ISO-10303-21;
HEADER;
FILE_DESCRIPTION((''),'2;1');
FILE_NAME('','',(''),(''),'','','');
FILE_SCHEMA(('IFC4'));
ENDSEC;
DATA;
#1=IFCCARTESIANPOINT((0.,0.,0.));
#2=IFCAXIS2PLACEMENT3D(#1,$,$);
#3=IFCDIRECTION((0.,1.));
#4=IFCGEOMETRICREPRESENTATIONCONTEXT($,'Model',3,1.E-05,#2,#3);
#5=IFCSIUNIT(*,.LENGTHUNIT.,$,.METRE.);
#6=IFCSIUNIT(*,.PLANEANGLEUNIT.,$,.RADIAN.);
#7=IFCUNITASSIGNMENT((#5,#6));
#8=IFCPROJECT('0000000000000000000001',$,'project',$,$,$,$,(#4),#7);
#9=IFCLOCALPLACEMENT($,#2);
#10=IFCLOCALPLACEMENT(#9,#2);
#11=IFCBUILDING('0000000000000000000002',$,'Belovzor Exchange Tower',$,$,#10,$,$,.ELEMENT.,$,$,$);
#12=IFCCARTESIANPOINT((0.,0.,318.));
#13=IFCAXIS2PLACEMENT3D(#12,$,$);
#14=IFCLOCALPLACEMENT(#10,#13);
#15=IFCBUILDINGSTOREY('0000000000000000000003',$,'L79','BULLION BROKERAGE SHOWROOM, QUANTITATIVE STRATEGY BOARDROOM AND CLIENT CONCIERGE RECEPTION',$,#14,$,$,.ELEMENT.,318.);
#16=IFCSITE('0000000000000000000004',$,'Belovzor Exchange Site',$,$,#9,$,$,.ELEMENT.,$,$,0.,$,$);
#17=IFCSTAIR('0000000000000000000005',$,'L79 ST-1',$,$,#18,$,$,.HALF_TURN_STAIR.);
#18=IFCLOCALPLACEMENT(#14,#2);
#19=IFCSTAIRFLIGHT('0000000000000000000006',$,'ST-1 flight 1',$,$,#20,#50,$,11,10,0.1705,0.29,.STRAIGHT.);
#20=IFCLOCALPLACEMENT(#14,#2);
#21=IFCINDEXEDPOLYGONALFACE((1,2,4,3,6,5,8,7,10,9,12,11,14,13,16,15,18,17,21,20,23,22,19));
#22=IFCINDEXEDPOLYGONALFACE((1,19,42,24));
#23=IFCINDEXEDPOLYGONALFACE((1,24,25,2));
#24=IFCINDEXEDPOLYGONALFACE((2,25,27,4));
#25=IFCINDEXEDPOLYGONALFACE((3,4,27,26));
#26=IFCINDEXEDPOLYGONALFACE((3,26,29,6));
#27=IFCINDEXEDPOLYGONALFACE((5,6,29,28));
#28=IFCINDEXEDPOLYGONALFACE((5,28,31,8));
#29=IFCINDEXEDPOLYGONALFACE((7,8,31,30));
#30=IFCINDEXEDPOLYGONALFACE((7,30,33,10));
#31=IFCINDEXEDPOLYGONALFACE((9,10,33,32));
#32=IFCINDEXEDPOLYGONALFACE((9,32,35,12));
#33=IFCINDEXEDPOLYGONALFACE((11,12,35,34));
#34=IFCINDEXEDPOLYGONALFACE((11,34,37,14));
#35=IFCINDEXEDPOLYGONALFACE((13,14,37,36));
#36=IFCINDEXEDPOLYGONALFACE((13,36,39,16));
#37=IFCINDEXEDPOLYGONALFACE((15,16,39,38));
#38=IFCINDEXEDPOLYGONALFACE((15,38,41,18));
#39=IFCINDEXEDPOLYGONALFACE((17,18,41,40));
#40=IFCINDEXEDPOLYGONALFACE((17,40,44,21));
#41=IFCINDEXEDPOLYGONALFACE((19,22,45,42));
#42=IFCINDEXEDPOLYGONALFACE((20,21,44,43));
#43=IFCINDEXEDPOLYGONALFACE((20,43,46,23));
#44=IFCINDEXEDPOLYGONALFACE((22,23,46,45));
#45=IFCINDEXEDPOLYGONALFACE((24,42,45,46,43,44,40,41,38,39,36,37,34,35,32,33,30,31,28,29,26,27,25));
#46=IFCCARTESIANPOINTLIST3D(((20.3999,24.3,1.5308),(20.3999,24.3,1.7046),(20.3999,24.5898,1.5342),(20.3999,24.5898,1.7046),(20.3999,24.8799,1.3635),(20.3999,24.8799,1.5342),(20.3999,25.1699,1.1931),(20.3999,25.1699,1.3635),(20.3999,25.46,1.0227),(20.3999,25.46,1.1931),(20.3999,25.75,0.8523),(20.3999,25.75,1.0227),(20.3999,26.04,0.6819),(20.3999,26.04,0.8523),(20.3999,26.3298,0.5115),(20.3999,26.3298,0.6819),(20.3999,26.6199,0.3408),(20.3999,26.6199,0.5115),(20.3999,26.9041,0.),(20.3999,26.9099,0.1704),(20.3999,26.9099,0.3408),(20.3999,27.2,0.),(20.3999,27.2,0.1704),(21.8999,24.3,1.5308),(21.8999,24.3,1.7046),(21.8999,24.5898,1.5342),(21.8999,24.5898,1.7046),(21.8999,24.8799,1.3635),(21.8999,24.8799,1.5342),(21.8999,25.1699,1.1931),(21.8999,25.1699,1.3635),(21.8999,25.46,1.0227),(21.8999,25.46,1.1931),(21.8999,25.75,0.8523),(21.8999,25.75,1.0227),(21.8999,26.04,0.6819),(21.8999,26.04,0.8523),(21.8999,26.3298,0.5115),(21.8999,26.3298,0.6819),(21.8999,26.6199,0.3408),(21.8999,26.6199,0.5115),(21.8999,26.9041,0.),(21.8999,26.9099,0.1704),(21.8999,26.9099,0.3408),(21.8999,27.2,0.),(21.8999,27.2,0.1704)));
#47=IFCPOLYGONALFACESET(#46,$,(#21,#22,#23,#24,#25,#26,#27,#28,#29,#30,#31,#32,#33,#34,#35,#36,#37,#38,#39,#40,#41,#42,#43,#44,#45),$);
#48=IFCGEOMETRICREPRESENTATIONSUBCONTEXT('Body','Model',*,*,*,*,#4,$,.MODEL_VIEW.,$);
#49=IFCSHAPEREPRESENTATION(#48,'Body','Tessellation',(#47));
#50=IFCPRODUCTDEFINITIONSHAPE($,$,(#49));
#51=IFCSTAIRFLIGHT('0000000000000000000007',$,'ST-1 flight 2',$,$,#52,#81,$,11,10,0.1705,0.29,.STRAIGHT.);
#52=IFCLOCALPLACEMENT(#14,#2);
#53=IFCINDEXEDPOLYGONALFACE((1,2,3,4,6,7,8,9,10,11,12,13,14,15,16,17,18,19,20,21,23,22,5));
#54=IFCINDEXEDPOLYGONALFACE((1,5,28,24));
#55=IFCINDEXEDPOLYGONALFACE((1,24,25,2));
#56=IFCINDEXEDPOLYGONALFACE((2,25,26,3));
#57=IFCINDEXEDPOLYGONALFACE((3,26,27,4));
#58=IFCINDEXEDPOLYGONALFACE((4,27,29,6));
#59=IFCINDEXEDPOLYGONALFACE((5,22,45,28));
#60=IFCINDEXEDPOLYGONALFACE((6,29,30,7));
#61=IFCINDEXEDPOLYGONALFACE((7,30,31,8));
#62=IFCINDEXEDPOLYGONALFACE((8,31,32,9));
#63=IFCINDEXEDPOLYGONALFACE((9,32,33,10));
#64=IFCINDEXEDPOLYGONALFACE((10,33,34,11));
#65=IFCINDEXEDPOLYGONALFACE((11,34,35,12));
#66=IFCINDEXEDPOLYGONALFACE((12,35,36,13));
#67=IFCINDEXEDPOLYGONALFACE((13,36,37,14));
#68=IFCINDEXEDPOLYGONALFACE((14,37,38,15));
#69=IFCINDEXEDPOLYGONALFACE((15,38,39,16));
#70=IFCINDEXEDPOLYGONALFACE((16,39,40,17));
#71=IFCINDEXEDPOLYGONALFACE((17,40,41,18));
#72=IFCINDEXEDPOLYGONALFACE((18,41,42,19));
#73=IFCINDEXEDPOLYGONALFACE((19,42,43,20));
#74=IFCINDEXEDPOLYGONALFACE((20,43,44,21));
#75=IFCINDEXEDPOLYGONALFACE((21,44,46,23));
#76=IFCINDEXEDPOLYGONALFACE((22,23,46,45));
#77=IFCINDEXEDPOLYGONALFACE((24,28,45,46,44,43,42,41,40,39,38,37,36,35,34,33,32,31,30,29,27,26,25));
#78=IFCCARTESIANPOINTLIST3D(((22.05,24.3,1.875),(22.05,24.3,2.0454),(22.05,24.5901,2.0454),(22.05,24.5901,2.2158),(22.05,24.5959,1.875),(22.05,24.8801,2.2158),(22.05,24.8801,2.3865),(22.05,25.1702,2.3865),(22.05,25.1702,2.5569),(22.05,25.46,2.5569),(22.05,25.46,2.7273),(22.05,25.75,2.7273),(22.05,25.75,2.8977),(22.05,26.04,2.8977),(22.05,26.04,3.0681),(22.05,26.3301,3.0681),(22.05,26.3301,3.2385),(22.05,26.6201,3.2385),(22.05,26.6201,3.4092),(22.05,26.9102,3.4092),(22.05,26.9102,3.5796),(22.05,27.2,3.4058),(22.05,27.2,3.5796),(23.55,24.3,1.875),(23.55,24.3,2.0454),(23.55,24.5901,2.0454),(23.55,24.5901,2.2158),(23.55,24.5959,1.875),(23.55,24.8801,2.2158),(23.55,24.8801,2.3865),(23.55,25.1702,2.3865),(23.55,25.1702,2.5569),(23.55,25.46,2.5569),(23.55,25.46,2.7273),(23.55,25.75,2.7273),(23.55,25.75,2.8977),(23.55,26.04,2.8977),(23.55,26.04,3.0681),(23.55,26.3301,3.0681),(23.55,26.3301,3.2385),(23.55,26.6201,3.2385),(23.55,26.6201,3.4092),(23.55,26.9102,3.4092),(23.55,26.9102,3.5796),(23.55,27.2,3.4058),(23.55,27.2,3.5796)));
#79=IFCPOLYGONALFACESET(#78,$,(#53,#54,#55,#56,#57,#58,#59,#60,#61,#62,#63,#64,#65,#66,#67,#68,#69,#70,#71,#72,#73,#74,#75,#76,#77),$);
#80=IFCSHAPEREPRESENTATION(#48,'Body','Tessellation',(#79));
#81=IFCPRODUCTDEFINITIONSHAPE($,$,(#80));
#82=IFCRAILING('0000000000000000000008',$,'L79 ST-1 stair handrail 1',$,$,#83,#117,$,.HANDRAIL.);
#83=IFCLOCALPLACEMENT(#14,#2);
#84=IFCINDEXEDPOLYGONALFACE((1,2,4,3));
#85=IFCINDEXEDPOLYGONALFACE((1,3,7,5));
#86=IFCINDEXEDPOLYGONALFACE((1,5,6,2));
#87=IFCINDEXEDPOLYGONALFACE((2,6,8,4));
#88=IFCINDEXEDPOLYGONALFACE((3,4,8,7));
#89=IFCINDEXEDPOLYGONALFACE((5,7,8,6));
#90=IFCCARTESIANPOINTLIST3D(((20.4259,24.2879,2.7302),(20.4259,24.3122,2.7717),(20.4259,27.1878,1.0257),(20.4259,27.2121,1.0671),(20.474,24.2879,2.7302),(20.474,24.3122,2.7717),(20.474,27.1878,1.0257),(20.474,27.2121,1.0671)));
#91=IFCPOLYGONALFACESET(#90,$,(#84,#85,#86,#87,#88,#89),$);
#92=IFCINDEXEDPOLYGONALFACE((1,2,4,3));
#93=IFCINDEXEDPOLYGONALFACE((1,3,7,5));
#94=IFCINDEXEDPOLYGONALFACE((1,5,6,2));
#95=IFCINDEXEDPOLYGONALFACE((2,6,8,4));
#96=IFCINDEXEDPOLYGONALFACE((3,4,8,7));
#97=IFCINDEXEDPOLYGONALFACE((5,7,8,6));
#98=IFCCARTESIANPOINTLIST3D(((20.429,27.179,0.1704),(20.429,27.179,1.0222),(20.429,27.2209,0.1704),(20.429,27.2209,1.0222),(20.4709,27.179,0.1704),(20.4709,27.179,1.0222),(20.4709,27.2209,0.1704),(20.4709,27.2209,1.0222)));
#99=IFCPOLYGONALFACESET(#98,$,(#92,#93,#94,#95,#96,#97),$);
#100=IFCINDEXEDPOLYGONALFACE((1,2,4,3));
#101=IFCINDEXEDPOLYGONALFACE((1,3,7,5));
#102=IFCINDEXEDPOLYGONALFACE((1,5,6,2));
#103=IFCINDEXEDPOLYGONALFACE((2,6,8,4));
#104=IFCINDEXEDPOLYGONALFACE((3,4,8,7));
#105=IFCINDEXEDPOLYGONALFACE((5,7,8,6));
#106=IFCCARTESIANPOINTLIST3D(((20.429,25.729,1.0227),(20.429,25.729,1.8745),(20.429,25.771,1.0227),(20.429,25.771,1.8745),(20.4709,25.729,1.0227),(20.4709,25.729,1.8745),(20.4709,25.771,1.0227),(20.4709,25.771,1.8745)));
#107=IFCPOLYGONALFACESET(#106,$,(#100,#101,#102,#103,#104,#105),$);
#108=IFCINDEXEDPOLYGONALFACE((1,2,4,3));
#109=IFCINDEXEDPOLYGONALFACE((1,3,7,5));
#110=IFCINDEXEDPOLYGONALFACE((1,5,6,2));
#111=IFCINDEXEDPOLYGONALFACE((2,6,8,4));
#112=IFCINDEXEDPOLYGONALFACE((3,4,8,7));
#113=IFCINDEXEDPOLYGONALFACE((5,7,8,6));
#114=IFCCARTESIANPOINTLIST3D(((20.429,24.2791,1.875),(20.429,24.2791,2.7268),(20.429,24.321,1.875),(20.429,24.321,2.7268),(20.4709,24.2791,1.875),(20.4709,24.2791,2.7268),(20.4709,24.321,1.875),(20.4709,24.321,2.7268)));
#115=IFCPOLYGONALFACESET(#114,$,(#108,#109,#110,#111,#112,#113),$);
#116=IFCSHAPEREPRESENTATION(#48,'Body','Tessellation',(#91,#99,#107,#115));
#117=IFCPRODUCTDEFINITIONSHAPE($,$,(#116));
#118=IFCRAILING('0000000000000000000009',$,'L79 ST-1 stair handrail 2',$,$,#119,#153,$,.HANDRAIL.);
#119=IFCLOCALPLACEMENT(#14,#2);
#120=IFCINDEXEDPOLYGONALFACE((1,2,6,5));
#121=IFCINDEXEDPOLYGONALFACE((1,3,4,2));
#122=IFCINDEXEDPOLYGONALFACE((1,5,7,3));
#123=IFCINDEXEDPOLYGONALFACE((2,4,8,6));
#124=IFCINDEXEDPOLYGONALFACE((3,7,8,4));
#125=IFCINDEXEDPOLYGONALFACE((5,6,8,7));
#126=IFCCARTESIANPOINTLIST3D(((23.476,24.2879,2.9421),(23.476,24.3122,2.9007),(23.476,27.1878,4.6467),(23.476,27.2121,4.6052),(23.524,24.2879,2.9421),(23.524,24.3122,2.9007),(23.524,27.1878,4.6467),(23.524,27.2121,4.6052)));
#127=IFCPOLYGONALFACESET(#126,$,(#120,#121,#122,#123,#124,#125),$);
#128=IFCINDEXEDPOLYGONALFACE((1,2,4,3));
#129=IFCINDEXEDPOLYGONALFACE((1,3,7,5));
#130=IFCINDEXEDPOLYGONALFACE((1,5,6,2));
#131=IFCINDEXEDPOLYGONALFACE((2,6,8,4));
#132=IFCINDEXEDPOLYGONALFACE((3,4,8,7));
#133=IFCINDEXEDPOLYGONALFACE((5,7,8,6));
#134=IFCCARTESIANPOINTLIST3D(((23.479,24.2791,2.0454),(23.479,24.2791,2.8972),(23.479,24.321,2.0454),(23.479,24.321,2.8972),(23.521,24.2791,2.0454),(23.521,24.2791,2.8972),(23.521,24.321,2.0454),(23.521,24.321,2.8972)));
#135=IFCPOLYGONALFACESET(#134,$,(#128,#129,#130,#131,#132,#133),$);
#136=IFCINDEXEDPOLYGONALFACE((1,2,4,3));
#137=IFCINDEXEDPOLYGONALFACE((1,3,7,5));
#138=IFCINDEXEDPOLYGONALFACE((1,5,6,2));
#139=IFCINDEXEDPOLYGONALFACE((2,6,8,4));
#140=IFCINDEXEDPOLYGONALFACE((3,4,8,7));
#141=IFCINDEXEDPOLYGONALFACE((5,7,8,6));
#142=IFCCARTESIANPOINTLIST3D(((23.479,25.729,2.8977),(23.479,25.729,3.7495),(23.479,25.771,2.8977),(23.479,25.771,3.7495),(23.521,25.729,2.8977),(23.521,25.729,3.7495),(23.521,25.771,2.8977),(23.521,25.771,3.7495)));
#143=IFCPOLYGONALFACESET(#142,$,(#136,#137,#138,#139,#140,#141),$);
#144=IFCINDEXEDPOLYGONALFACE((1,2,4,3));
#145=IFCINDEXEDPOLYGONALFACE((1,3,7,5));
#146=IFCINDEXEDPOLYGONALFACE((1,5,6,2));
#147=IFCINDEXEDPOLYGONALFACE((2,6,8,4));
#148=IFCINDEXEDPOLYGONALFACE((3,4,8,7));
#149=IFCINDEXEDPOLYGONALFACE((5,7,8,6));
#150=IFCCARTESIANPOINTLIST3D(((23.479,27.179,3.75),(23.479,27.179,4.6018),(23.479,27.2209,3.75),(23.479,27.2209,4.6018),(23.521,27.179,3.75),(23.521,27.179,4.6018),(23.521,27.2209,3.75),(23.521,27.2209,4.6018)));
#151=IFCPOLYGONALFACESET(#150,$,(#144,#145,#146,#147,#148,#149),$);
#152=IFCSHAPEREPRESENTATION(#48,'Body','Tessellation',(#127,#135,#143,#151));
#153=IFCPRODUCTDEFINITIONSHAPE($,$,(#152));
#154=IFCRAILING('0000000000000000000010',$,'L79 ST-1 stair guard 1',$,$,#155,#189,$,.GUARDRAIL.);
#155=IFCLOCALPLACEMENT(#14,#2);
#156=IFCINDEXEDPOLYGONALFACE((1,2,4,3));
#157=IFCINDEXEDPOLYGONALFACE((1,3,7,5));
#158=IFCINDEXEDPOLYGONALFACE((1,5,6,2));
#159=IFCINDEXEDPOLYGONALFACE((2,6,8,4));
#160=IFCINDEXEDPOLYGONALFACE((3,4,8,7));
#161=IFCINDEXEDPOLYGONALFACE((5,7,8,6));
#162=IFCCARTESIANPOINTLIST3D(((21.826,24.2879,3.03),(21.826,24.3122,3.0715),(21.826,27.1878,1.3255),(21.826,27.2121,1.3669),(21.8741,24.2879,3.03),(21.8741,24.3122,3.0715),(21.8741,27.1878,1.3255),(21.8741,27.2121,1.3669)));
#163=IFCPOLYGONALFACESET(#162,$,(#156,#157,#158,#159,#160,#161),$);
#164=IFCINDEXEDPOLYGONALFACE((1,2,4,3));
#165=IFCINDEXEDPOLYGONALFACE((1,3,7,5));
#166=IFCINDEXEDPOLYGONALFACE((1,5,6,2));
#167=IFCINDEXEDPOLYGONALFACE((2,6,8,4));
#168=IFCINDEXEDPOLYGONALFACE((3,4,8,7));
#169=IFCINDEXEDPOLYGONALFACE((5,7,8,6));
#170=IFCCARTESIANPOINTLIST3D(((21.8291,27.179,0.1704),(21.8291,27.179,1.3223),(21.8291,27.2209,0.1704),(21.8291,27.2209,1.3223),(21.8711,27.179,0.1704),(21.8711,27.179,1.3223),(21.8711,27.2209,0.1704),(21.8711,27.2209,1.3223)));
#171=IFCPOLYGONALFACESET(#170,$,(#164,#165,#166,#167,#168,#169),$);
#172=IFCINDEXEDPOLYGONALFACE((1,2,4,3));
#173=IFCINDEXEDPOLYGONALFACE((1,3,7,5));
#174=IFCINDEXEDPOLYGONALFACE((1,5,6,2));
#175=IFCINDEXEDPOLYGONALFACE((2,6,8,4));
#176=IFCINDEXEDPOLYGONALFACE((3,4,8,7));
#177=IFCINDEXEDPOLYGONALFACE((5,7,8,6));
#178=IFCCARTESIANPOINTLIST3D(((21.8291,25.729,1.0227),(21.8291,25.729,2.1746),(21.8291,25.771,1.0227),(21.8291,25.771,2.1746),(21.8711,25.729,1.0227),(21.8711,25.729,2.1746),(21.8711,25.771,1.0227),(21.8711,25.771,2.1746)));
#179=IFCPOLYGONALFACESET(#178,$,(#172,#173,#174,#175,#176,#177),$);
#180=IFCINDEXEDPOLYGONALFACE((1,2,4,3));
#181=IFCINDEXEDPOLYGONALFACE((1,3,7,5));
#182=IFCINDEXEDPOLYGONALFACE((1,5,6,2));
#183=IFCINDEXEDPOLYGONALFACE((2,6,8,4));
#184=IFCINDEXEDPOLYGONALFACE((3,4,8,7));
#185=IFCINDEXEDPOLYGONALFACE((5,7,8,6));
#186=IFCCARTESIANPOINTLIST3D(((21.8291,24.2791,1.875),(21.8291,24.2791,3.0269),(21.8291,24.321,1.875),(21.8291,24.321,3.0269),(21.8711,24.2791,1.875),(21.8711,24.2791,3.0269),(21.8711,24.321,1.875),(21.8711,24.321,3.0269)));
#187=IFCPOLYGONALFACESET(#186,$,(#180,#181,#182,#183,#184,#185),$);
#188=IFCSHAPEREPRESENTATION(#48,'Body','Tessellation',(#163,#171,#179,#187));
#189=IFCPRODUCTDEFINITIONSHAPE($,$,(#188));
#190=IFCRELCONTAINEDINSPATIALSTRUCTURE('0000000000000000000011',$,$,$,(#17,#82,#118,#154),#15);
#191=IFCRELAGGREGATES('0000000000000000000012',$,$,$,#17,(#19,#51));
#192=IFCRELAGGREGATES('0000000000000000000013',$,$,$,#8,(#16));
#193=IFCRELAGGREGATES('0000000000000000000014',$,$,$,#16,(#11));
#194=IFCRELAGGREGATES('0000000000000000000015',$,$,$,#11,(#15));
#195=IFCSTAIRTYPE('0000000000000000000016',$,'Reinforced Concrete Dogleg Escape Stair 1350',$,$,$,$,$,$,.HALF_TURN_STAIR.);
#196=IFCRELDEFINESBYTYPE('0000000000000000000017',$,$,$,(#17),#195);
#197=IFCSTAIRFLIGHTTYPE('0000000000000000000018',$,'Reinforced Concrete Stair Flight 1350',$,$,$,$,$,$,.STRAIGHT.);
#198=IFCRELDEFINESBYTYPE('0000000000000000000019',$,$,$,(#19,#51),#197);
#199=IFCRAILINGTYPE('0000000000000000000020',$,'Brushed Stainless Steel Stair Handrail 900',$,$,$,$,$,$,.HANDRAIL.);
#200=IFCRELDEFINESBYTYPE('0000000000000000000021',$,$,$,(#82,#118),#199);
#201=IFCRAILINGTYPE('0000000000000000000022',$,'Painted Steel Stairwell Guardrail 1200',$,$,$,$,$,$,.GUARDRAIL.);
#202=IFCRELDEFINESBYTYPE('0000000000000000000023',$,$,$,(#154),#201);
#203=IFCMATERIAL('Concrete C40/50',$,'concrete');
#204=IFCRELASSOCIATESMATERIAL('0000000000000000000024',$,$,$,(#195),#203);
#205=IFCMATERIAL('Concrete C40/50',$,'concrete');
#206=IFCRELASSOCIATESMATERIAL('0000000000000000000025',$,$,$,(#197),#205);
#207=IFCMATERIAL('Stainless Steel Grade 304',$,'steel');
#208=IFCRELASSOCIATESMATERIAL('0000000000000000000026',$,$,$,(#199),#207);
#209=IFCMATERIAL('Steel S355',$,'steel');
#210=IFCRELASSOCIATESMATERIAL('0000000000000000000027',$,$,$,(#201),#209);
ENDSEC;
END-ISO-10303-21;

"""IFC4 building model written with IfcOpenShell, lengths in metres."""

from ifc_helpers import new_model, si_unit, direction, frame, origin, origin_2d, place, context, subcontext, project, spatial, polyline, rectangle, outline, extrude, material, type_object, element, aggregate, save


model = new_model("IFC4")

# Units and contexts
model_context = context("Model", 3, precision=1e-05, world=origin(), true_north=direction((0.0, 1.0)))
body_context = subcontext(model_context, "Body", "Model", "MODEL_VIEW")
ifc_project = project(units=[si_unit("LENGTHUNIT", "METRE"), si_unit("PLANEANGLEUNIT", "RADIAN")], contexts=[model_context])

# Site, building, storey
site_placement = place(None, origin())
site = spatial("IfcSite", under=ifc_project, at=site_placement, Name="Belovzor Exchange Site", CompositionType="ELEMENT", RefElevation=0.0)
building_placement = place(site_placement, origin())
building = spatial("IfcBuilding", under=site, at=building_placement, Name="Belovzor Exchange Tower", CompositionType="ELEMENT")
storey_placement = place(building_placement, frame((0.0, 0.0, 318.0)))
storey = spatial("IfcBuildingStorey", under=building, at=storey_placement, Name="L79", Description="BULLION BROKERAGE SHOWROOM, QUANTITATIVE STRATEGY BOARDROOM AND CLIENT CONCIERGE RECEPTION", CompositionType="ELEMENT", Elevation=318.0)

# Stair, stair flights
ifc_material_1 = material(Name="Concrete C40/50", Category="concrete")
stair_type = type_object("IfcStairType", Name="Reinforced Concrete Dogleg Escape Stair 1350", PredefinedType="HALF_TURN_STAIR", material=ifc_material_1)
stair_placement = place(storey_placement, origin())
stair = element("IfcStair", 1, at=stair_placement, inside=storey, type_object=stair_type, Name="L79 ST-1", PredefinedType="HALF_TURN_STAIR")
ifc_material_2 = material(Name="Concrete C40/50", Category="concrete")
stair_flight_type = type_object("IfcStairFlightType", Name="Reinforced Concrete Stair Flight 1350", PredefinedType="STRAIGHT", material=ifc_material_2)
stair_flight_1_placement = place(storey_placement, frame((21.1499, 27.2, 0.0), z_axis=(0.0, 0.0, 1.0), x_axis=(0.0, -1.0, 0.0)))
stair_flight_1 = element("IfcStairFlight", 2, at=stair_flight_1_placement, type_object=stair_flight_type, Name="ST-1 flight 1", NumberOfRisers=11, NumberOfTreads=10, PredefinedType="STRAIGHT", RiserHeight=0.1705, TreadLength=0.29, context=body_context, shape_type="SweptSolid", body=[
    extrude(outline(polyline([(0.0, 0.0), (0.0, 0.1704), (0.29, 0.1704), (0.29, 0.3408), (0.5801, 0.3408), (0.5801, 0.5115), (0.8701, 0.5115), (0.8701, 0.6819), (1.1599, 0.6819), (1.1599, 0.8523), (1.45, 0.8523), (1.45, 1.0227), (1.74, 1.0227), (1.74, 1.1931), (2.03, 1.1931), (2.03, 1.3635), (2.3201, 1.3635), (2.3201, 1.5342), (2.6101, 1.5342), (2.6101, 1.7046), (2.8999, 1.7046), (2.8999, 1.875), (2.8999, 1.5308), (0.2959, 0.0), (0.0, 0.0)])), frame((0.0, 0.75, 0.0), z_axis=(0.0, -1.0, 0.0), x_axis=(1.0, 0.0, 0.0)), (0.0, 0.0, 1.0), 1.5),
])
stair_flight_2_placement = place(storey_placement, frame((22.8, 24.3, 1.875), z_axis=(0.0, 0.0, 1.0), x_axis=(0.0, 1.0, 0.0)))
stair_flight_2 = element("IfcStairFlight", 3, at=stair_flight_2_placement, type_object=stair_flight_type, Name="ST-1 flight 2", NumberOfRisers=11, NumberOfTreads=10, PredefinedType="STRAIGHT", RiserHeight=0.1705, TreadLength=0.29, context=body_context, shape_type="SweptSolid", body=[
    extrude(outline(polyline([(0.0, 0.0), (0.0, 0.1704), (0.29, 0.1704), (0.29, 0.3408), (0.5801, 0.3408), (0.5801, 0.5115), (0.8701, 0.5115), (0.8701, 0.6819), (1.1599, 0.6819), (1.1599, 0.8523), (1.45, 0.8523), (1.45, 1.0227), (1.74, 1.0227), (1.74, 1.1931), (2.03, 1.1931), (2.03, 1.3635), (2.3201, 1.3635), (2.3201, 1.5342), (2.6101, 1.5342), (2.6101, 1.7046), (2.8999, 1.7046), (2.8999, 1.875), (2.8999, 1.5308), (0.2959, 0.0), (0.0, 0.0)])), frame((0.0, 0.75, 0.0), z_axis=(0.0, -1.0, 0.0), x_axis=(1.0, 0.0, 0.0)), (0.0, 0.0, 1.0), 1.5),
])
aggregate(stair, [stair_flight_1, stair_flight_2])

# Railings
ifc_material_3 = material(Name="Stainless Steel Grade 304", Category="steel")
railing_type_1 = type_object("IfcRailingType", Name="Brushed Stainless Steel Stair Handrail 900", PredefinedType="HANDRAIL", material=ifc_material_3)
railing_1_placement = place(storey_placement, frame((20.45, 27.2, 0.1704)))
element("IfcRailing", 4, at=railing_1_placement, inside=storey, type_object=railing_type_1, Name="L79 ST-1 stair handrail 1", PredefinedType="HANDRAIL", context=body_context, shape_type="SweptSolid", body=[
    extrude(rectangle(XDim=0.0481, YDim=0.0481, at=origin_2d()), frame((0.0, 0.0, 0.876), z_axis=(0.0, -0.862095, 0.506747), x_axis=(1.0, 0.0, 0.0)), (0.0, 0.0, 1.0), 3.3638),
    extrude(rectangle(XDim=0.042, YDim=0.042, at=origin_2d()), origin(), (0.0, 0.0, 1.0), 0.8518),
    extrude(rectangle(XDim=0.042, YDim=0.042, at=origin_2d()), frame((0.0, -1.45, 0.8523)), (0.0, 0.0, 1.0), 0.8518),
    extrude(rectangle(XDim=0.042, YDim=0.042, at=origin_2d()), frame((0.0, -2.8999, 1.7046)), (0.0, 0.0, 1.0), 0.8518),
])
railing_2_placement = place(storey_placement, frame((23.5, 24.3, 2.0454)))
element("IfcRailing", 5, at=railing_2_placement, inside=storey, type_object=railing_type_1, Name="L79 ST-1 stair handrail 2", PredefinedType="HANDRAIL", context=body_context, shape_type="SweptSolid", body=[
    extrude(rectangle(XDim=0.0481, YDim=0.0481, at=origin_2d()), frame((0.0, 0.0, 0.876), z_axis=(0.0, 0.862095, 0.506747), x_axis=(-1.0, 0.0, 0.0)), (0.0, 0.0, 1.0), 3.3638),
    extrude(rectangle(XDim=0.042, YDim=0.042, at=origin_2d()), origin(), (0.0, 0.0, 1.0), 0.8518),
    extrude(rectangle(XDim=0.042, YDim=0.042, at=origin_2d()), frame((0.0, 1.45, 0.8523)), (0.0, 0.0, 1.0), 0.8518),
    extrude(rectangle(XDim=0.042, YDim=0.042, at=origin_2d()), frame((0.0, 2.8999, 1.7046)), (0.0, 0.0, 1.0), 0.8518),
])
ifc_material_4 = material(Name="Steel S355", Category="steel")
railing_type_2 = type_object("IfcRailingType", Name="Painted Steel Stairwell Guardrail 1200", PredefinedType="GUARDRAIL", material=ifc_material_4)
railing_3_placement = place(storey_placement, frame((21.8501, 27.2, 0.1704)))
element("IfcRailing", 6, at=railing_3_placement, inside=storey, type_object=railing_type_2, Name="L79 ST-1 stair guard 1", PredefinedType="GUARDRAIL", context=body_context, shape_type="SweptSolid", body=[
    extrude(rectangle(XDim=0.0481, YDim=0.0481, at=origin_2d()), frame((0.0, 0.0, 1.1758), z_axis=(0.0, -0.862095, 0.506747), x_axis=(1.0, 0.0, 0.0)), (0.0, 0.0, 1.0), 3.3638),
    extrude(rectangle(XDim=0.042, YDim=0.042, at=origin_2d()), origin(), (0.0, 0.0, 1.0), 1.1519),
    extrude(rectangle(XDim=0.042, YDim=0.042, at=origin_2d()), frame((0.0, -1.45, 0.8523)), (0.0, 0.0, 1.0), 1.1519),
    extrude(rectangle(XDim=0.042, YDim=0.042, at=origin_2d()), frame((0.0, -2.8999, 1.7046)), (0.0, 0.0, 1.0), 1.1519),
])

save(model, "model.ifc")
